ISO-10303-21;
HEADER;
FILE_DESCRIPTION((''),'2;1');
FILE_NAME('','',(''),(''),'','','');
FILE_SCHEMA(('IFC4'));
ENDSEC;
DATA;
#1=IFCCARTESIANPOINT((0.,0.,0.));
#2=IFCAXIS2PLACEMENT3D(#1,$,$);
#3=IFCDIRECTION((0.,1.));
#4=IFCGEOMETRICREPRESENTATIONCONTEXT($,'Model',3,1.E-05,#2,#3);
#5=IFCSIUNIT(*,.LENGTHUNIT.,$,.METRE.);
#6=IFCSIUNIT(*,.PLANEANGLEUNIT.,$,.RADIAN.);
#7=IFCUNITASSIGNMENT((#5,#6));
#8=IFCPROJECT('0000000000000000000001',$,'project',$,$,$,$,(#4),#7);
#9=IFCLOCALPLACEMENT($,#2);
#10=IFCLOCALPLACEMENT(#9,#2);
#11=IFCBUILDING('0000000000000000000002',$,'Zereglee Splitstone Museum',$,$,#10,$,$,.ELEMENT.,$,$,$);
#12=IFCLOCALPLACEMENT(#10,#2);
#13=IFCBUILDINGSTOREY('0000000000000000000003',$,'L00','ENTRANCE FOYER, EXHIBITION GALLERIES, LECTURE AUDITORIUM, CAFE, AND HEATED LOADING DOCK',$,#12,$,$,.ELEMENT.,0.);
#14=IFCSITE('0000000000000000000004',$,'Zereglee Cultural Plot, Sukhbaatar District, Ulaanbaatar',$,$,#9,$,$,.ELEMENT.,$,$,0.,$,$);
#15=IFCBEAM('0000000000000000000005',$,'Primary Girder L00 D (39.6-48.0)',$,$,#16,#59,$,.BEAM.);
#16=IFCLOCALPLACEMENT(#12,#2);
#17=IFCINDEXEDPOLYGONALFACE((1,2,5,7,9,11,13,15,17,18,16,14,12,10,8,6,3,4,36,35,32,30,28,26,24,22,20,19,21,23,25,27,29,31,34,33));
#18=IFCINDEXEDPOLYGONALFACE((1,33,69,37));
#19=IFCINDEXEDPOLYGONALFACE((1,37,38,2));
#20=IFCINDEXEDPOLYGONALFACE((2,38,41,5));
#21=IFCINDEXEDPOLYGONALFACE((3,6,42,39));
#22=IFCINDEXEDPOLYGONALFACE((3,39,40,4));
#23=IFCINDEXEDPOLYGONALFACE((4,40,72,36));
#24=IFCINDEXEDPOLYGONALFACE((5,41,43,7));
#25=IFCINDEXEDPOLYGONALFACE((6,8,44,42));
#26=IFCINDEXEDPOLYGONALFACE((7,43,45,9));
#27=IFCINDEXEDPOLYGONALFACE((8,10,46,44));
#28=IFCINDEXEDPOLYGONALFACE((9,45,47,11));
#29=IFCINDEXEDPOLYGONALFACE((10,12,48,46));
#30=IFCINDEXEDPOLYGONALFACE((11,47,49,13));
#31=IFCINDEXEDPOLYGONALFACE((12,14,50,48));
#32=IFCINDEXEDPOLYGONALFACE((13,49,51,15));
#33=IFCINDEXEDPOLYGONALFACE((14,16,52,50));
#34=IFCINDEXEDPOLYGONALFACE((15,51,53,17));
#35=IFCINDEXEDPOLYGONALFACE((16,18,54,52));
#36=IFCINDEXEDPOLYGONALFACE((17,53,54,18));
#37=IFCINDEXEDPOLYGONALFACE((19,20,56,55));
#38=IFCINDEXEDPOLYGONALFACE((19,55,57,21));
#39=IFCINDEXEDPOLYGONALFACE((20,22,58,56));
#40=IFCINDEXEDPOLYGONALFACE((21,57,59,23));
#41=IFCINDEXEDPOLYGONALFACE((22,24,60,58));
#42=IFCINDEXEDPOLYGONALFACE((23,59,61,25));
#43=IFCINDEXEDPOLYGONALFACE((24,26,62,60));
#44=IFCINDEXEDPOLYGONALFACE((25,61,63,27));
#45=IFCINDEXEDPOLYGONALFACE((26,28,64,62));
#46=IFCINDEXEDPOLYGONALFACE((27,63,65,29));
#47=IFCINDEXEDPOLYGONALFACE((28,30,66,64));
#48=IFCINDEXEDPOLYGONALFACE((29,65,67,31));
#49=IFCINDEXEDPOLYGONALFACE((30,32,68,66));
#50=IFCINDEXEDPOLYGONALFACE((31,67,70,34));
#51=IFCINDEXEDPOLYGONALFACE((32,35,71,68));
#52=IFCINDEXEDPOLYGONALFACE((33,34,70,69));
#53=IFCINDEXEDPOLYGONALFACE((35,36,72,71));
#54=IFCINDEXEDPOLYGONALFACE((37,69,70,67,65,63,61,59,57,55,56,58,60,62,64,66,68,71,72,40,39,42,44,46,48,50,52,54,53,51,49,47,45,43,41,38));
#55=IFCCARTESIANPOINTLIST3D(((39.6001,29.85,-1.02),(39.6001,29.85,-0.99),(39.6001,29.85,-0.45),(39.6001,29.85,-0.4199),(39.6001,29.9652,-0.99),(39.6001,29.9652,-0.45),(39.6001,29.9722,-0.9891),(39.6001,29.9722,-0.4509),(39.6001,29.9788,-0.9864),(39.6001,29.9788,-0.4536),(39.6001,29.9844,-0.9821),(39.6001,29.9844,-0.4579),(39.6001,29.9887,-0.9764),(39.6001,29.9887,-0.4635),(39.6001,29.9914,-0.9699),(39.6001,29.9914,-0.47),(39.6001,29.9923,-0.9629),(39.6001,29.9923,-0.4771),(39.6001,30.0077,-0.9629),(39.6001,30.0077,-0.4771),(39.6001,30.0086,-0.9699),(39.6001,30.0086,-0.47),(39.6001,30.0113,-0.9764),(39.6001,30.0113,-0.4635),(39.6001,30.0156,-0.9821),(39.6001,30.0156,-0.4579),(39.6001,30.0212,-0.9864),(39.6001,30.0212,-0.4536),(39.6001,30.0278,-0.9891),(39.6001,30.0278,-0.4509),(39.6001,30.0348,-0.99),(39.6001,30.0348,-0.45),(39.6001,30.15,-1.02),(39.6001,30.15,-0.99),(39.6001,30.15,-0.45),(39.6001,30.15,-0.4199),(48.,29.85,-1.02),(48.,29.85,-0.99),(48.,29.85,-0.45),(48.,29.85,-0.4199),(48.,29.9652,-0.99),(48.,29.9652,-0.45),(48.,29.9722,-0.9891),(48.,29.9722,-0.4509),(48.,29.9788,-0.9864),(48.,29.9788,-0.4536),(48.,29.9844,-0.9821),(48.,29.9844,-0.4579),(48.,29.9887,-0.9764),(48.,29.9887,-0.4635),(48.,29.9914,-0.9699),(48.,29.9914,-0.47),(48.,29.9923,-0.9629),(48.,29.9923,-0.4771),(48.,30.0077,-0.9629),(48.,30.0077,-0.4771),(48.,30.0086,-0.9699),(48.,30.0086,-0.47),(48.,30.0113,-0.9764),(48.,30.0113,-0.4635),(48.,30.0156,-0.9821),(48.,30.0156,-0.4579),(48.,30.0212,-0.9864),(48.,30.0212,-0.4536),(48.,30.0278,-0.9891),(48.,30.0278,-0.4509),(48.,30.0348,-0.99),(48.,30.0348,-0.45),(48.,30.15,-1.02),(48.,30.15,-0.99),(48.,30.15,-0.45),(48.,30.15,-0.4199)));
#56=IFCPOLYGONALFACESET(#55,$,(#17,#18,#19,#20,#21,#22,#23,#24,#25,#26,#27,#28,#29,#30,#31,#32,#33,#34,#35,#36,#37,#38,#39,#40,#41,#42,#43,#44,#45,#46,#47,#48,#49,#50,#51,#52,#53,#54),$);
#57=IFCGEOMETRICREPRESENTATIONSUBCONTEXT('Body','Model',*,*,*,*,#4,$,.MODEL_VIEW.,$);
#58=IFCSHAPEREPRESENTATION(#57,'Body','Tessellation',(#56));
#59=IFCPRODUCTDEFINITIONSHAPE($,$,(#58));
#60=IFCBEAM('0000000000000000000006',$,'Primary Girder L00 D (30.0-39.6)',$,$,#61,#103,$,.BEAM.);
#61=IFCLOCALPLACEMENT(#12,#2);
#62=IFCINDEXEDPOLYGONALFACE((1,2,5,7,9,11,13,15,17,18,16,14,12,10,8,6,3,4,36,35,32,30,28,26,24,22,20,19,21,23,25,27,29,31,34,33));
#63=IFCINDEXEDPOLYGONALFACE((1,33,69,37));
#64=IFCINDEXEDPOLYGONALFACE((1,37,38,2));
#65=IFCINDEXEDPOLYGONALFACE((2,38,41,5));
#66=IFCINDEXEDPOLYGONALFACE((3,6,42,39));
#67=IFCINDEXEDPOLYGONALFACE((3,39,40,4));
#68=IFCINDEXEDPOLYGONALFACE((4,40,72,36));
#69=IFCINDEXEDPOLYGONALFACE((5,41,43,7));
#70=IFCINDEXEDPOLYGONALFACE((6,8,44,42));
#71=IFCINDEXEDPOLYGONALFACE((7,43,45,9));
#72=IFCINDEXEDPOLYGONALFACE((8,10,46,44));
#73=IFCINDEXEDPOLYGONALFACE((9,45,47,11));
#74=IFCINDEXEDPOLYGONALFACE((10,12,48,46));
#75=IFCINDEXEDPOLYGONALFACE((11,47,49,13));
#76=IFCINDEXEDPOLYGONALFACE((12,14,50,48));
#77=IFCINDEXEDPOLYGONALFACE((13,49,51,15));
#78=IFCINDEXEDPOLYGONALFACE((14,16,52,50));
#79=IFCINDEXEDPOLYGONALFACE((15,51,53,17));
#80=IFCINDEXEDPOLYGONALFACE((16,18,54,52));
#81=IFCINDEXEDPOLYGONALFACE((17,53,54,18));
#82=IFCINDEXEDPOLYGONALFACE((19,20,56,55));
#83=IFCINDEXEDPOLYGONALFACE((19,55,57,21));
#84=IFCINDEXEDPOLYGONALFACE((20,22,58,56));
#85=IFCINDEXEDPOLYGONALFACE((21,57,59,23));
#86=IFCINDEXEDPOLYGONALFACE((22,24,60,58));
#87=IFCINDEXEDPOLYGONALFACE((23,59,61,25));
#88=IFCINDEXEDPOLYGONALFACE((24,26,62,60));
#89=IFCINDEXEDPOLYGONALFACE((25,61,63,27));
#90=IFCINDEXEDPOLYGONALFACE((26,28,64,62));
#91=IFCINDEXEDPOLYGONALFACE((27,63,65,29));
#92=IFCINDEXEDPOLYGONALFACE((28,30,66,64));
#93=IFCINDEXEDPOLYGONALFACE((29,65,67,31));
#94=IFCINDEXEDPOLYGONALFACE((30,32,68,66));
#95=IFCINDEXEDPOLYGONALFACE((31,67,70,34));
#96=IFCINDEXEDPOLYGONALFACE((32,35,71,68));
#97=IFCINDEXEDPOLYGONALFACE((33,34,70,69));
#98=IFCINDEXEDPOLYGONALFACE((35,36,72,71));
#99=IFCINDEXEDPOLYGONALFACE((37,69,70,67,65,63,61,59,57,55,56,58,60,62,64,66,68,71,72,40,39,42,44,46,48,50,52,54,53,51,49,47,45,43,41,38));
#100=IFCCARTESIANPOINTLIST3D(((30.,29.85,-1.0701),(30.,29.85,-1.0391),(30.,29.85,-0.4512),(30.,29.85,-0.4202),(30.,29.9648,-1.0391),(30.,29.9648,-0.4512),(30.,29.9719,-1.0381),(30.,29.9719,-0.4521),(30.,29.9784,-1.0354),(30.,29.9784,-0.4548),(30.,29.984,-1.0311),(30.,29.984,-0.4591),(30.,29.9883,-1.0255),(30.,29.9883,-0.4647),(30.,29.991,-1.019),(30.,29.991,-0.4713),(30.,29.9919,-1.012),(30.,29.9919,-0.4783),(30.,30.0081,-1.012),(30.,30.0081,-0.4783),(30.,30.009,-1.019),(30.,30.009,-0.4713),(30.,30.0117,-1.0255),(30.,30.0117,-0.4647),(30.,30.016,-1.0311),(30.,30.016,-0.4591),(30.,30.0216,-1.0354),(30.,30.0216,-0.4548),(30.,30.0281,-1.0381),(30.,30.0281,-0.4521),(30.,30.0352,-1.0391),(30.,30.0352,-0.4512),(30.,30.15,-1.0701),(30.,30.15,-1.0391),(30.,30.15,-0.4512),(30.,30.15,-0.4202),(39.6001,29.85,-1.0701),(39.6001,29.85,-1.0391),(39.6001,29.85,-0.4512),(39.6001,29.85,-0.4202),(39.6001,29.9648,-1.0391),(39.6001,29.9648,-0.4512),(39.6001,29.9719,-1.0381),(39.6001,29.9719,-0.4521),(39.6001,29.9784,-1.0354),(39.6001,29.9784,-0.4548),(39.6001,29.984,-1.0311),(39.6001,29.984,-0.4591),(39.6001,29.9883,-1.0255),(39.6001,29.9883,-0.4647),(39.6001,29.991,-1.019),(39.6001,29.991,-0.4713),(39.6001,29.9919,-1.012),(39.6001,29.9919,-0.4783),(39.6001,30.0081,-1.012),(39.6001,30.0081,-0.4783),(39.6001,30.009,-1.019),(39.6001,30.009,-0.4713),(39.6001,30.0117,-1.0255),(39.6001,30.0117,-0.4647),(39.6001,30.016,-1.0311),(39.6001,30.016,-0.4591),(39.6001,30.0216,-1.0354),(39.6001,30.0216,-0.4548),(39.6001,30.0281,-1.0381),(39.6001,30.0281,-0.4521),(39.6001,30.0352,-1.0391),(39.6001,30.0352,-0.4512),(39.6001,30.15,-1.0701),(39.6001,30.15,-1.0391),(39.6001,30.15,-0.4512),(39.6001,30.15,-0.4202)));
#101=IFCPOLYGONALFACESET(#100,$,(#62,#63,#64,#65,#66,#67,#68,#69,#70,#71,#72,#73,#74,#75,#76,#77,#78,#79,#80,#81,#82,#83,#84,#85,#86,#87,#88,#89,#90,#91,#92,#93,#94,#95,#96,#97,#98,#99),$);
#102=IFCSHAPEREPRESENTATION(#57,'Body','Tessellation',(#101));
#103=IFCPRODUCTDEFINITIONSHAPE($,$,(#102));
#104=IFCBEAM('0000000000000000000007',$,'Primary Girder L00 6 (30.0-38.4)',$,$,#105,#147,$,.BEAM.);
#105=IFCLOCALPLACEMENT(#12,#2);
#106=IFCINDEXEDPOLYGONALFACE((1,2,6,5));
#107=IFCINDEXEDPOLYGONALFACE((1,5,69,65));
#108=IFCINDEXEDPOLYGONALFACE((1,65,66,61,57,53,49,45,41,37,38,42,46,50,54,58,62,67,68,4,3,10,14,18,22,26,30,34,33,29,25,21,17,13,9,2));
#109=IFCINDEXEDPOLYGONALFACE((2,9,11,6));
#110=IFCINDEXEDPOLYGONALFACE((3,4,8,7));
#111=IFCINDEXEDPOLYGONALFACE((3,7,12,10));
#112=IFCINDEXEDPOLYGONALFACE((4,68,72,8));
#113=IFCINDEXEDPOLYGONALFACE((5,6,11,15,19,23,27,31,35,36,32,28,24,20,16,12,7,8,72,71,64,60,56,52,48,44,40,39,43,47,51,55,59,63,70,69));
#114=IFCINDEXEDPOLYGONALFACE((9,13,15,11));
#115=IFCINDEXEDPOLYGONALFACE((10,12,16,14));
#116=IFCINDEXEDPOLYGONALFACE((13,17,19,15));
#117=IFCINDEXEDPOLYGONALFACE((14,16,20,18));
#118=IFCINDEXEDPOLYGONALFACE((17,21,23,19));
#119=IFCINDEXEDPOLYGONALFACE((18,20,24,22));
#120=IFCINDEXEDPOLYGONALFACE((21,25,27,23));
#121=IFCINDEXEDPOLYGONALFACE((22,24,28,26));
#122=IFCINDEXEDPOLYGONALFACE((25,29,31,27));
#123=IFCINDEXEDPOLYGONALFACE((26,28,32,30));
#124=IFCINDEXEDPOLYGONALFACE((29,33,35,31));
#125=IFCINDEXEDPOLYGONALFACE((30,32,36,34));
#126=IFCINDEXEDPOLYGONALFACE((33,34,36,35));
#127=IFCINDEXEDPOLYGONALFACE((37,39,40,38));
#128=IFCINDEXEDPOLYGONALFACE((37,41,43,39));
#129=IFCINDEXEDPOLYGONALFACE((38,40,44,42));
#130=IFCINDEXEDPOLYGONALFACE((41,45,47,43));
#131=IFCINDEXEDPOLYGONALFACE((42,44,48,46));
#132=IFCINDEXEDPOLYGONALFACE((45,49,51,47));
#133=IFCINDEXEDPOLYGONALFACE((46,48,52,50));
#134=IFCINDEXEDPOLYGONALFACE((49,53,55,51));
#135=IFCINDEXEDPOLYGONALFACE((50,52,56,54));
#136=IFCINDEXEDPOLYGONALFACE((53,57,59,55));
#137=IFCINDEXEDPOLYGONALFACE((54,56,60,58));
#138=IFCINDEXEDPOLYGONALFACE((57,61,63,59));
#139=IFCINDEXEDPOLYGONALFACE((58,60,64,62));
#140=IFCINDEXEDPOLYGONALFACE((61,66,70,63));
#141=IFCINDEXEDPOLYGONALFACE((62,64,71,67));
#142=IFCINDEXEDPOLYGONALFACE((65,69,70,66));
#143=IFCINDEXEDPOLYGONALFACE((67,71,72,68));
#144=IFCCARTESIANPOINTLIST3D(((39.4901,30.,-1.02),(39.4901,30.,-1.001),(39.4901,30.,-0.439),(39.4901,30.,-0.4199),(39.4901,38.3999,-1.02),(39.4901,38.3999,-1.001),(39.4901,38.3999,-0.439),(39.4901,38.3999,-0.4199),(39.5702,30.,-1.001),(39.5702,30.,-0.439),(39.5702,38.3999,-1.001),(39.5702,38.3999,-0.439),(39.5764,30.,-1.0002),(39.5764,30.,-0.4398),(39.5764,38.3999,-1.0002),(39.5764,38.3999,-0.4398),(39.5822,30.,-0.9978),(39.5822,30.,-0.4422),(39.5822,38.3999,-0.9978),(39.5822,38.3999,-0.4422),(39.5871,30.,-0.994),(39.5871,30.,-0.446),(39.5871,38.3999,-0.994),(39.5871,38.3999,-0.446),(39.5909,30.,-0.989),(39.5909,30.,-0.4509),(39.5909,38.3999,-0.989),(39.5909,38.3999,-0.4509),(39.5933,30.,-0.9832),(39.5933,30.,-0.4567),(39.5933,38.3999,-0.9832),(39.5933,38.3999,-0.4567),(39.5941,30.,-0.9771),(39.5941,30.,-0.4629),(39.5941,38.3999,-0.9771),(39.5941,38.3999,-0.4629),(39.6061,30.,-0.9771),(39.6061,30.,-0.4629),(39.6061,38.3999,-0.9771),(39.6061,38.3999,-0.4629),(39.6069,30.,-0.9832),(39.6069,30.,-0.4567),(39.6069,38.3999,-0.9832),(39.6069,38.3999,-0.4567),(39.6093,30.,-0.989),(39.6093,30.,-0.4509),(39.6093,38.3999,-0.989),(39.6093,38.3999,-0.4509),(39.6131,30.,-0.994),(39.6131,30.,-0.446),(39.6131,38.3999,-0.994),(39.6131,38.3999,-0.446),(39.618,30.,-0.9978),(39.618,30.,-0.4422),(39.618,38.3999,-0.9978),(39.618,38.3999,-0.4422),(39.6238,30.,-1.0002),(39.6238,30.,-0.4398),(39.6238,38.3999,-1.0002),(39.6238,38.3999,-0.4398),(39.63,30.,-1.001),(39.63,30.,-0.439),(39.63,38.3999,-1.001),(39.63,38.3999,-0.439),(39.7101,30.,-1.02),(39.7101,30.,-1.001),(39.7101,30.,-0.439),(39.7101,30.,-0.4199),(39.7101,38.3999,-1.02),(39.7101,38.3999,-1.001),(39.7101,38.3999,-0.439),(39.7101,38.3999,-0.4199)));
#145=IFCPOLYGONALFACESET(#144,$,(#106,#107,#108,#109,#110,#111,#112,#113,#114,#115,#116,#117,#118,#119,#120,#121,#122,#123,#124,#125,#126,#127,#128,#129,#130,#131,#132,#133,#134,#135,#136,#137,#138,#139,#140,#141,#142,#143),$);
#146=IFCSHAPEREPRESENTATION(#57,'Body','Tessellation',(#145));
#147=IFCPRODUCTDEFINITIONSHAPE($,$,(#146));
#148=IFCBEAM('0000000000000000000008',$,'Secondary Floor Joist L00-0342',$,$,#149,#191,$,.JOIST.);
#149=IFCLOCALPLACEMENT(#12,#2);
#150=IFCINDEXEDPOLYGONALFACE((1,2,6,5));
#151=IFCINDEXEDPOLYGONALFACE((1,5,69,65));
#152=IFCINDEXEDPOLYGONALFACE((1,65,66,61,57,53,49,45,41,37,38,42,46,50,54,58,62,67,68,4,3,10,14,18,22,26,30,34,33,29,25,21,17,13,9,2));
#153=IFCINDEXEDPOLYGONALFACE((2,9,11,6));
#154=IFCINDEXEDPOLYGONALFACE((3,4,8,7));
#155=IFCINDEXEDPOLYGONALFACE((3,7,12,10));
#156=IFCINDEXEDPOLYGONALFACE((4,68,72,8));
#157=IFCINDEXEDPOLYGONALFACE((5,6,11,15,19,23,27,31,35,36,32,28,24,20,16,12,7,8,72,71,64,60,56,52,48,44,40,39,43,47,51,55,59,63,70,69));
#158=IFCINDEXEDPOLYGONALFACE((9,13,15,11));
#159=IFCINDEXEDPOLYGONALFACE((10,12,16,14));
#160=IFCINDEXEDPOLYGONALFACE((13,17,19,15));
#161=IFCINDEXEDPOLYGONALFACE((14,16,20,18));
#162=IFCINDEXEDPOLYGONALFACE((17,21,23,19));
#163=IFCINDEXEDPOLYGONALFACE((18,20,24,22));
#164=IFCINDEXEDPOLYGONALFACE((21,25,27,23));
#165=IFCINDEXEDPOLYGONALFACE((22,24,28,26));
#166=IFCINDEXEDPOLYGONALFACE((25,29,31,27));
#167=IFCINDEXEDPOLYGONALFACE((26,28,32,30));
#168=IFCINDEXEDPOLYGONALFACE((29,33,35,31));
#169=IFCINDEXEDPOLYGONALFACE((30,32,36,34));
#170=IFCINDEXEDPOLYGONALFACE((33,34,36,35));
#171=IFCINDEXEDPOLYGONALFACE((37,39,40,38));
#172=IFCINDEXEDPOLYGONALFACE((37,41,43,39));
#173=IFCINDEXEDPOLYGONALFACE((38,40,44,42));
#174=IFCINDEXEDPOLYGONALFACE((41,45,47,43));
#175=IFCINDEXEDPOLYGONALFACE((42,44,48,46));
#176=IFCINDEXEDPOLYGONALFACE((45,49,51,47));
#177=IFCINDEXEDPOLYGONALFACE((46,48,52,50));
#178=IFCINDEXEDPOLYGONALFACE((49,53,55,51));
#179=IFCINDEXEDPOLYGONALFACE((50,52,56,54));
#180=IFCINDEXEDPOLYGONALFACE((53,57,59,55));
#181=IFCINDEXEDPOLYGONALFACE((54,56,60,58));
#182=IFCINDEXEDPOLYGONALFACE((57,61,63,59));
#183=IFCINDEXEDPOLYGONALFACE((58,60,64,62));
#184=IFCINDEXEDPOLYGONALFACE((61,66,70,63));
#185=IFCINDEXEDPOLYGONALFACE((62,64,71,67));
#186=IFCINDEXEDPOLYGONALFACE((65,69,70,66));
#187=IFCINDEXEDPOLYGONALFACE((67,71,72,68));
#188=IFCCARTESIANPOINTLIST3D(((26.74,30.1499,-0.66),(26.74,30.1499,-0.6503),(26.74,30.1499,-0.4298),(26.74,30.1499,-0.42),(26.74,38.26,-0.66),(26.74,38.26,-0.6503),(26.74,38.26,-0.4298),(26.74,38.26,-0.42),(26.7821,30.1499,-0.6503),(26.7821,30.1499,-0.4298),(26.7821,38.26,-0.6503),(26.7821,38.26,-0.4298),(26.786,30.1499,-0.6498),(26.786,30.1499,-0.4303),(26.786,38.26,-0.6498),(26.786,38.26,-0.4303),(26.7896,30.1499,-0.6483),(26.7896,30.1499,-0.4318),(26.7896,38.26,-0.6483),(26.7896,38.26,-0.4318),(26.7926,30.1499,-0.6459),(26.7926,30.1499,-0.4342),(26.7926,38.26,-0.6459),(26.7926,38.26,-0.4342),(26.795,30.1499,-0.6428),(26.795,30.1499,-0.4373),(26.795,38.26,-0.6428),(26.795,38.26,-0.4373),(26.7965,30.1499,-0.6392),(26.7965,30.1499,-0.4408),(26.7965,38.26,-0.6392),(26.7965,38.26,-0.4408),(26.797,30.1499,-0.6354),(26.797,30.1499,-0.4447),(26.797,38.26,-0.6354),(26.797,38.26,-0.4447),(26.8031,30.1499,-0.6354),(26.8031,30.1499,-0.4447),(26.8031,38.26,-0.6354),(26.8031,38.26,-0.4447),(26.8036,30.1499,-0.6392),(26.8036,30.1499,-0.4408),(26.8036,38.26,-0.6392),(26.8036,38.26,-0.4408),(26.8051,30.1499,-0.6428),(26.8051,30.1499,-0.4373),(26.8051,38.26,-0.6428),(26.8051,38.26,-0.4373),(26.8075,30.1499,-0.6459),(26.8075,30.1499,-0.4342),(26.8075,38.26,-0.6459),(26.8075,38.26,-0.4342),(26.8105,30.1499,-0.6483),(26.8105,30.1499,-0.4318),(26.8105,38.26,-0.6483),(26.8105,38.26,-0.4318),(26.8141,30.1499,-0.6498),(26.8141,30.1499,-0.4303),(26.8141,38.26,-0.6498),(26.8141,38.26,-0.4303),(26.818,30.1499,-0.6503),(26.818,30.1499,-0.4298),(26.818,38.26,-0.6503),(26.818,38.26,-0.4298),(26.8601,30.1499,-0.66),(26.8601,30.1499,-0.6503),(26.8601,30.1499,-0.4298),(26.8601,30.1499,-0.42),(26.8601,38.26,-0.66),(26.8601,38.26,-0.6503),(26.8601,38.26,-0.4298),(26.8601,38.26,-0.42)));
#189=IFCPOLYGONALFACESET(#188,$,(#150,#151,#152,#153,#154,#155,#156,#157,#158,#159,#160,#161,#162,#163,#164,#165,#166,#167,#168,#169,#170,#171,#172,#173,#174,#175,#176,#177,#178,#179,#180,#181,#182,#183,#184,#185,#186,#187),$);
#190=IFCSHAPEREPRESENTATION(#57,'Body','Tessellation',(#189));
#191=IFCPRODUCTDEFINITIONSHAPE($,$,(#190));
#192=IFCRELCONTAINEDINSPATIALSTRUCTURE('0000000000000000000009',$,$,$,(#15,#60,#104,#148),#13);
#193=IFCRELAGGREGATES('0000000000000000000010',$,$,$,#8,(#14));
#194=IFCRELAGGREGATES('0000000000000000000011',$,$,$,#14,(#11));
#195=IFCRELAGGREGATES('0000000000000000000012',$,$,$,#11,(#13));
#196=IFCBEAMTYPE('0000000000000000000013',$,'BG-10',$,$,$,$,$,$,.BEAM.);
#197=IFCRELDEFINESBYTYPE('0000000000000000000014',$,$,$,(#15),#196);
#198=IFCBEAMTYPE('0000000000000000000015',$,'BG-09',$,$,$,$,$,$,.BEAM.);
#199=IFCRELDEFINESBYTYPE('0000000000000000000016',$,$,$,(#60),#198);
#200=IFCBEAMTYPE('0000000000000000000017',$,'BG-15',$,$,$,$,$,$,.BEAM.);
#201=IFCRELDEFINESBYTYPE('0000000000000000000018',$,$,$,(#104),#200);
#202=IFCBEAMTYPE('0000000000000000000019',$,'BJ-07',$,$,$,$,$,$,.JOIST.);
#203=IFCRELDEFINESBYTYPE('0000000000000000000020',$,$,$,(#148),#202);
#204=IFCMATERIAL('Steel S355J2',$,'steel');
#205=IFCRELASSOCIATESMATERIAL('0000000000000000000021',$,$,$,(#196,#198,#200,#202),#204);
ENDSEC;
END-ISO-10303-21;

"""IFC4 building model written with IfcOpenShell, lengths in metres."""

from ifc_helpers import new_model, si_unit, direction, frame, origin, origin_2d, place, context, subcontext, project, spatial, i_section, extrude, material, material_profile, profile_set, type_object, element, save


model = new_model("IFC4")

# Units and contexts
model_context = context("Model", 3, precision=1e-05, world=origin(), true_north=direction((0.0, 1.0)))
body_context = subcontext(model_context, "Body", "Model", "MODEL_VIEW")
ifc_project = project(units=[si_unit("LENGTHUNIT", "METRE"), si_unit("PLANEANGLEUNIT", "RADIAN")], contexts=[model_context])

# Site, building, storey
site_placement = place(None, origin())
site = spatial("IfcSite", under=ifc_project, at=site_placement, Name="Zereglee Cultural Plot, Sukhbaatar District, Ulaanbaatar", CompositionType="ELEMENT", RefElevation=0.0)
building_placement = place(site_placement, origin())
building = spatial("IfcBuilding", under=site, at=building_placement, Name="Zereglee Splitstone Museum", CompositionType="ELEMENT")
storey_placement = place(building_placement, origin())
storey = spatial("IfcBuildingStorey", under=building, at=storey_placement, Name="L00", Description="ENTRANCE FOYER, EXHIBITION GALLERIES, LECTURE AUDITORIUM, CAFE, AND HEATED LOADING DOCK", CompositionType="ELEMENT", Elevation=0.0)

# Beams
ifc_material_1 = material(Name="Steel S355J2", Category="steel")
ifc_material_profile_1 = material_profile(ifc_material_1, i_section(OverallWidth=0.3, OverallDepth=0.6001, WebThickness=0.0154, FlangeThickness=0.03, FilletRadius=0.0271, at=origin_2d()), Name="HE 600 B")
ifc_profile_set_1 = profile_set([ifc_material_profile_1], Name="Steel S355J2")
beam_type_1 = type_object("IfcBeamType", Name="BG-10", PredefinedType="BEAM", material=ifc_profile_set_1)
beam_1_placement = place(storey_placement, frame((39.6001, 30.0, -0.72), z_axis=(1.0, 0.0, 0.0), x_axis=(0.0, 1.0, 0.0)))
element("IfcBeam", 1, at=beam_1_placement, inside=storey, type_object=beam_type_1, Name="Primary Girder L00 D (39.6-48.0)", PredefinedType="BEAM", context=body_context, shape_type="SweptSolid", body=[
    extrude(i_section(OverallWidth=0.3, OverallDepth=0.6001, WebThickness=0.0154, FlangeThickness=0.03, FilletRadius=0.0271, at=origin_2d()), origin(), (0.0, 0.0, 1.0), 8.3999),
])
ifc_material_profile_2 = material_profile(ifc_material_1, i_section(OverallWidth=0.3, OverallDepth=0.6499, WebThickness=0.0161, FlangeThickness=0.031, FilletRadius=0.0271, at=origin_2d()), Name="HE 650 B")
ifc_profile_set_2 = profile_set([ifc_material_profile_2], Name="Steel S355J2")
beam_type_2 = type_object("IfcBeamType", Name="BG-09", PredefinedType="BEAM", material=ifc_profile_set_2)
beam_2_placement = place(storey_placement, frame((30.0, 30.0, -0.7451), z_axis=(1.0, 0.0, 0.0), x_axis=(0.0, 1.0, 0.0)))
element("IfcBeam", 2, at=beam_2_placement, inside=storey, type_object=beam_type_2, Name="Primary Girder L00 D (30.0-39.6)", PredefinedType="BEAM", context=body_context, shape_type="SweptSolid", body=[
    extrude(i_section(OverallWidth=0.3, OverallDepth=0.6499, WebThickness=0.0161, FlangeThickness=0.031, FilletRadius=0.0271, at=origin_2d()), origin(), (0.0, 0.0, 1.0), 9.6001),
])
ifc_material_profile_3 = material_profile(ifc_material_1, i_section(OverallWidth=0.22, OverallDepth=0.6001, WebThickness=0.012, FlangeThickness=0.019, FilletRadius=0.0239, at=origin_2d()), Name="IPE 600")
ifc_profile_set_3 = profile_set([ifc_material_profile_3], Name="Steel S355J2")
beam_type_3 = type_object("IfcBeamType", Name="BG-15", PredefinedType="BEAM", material=ifc_profile_set_3)
beam_3_placement = place(storey_placement, frame((39.6001, 30.0, -0.72), z_axis=(0.0, 1.0, 0.0), x_axis=(-1.0, 0.0, 0.0)))
element("IfcBeam", 3, at=beam_3_placement, inside=storey, type_object=beam_type_3, Name="Primary Girder L00 6 (30.0-38.4)", PredefinedType="BEAM", context=body_context, shape_type="SweptSolid", body=[
    extrude(i_section(OverallWidth=0.22, OverallDepth=0.6001, WebThickness=0.012, FlangeThickness=0.019, FilletRadius=0.0239, at=origin_2d()), origin(), (0.0, 0.0, 1.0), 8.3999),
])
ifc_material_profile_4 = material_profile(ifc_material_1, i_section(OverallWidth=0.1201, OverallDepth=0.24, WebThickness=0.0061, FlangeThickness=0.0098, FilletRadius=0.0149, at=origin_2d()), Name="IPE 240")
ifc_profile_set_4 = profile_set([ifc_material_profile_4], Name="Steel S355J2")
beam_type_4 = type_object("IfcBeamType", Name="BJ-07", PredefinedType="JOIST", material=ifc_profile_set_4)
beam_4_placement = place(storey_placement, frame((26.8, 30.1499, -0.54), z_axis=(0.0, 1.0, 0.0), x_axis=(-1.0, 0.0, 0.0)))
element("IfcBeam", 4, at=beam_4_placement, inside=storey, type_object=beam_type_4, Name="Secondary Floor Joist L00-0342", PredefinedType="JOIST", context=body_context, shape_type="SweptSolid", body=[
    extrude(i_section(OverallWidth=0.1201, OverallDepth=0.24, WebThickness=0.0061, FlangeThickness=0.0098, FilletRadius=0.0149, at=origin_2d()), origin(), (0.0, 0.0, 1.0), 8.1101),
])

save(model, "model.ifc")
